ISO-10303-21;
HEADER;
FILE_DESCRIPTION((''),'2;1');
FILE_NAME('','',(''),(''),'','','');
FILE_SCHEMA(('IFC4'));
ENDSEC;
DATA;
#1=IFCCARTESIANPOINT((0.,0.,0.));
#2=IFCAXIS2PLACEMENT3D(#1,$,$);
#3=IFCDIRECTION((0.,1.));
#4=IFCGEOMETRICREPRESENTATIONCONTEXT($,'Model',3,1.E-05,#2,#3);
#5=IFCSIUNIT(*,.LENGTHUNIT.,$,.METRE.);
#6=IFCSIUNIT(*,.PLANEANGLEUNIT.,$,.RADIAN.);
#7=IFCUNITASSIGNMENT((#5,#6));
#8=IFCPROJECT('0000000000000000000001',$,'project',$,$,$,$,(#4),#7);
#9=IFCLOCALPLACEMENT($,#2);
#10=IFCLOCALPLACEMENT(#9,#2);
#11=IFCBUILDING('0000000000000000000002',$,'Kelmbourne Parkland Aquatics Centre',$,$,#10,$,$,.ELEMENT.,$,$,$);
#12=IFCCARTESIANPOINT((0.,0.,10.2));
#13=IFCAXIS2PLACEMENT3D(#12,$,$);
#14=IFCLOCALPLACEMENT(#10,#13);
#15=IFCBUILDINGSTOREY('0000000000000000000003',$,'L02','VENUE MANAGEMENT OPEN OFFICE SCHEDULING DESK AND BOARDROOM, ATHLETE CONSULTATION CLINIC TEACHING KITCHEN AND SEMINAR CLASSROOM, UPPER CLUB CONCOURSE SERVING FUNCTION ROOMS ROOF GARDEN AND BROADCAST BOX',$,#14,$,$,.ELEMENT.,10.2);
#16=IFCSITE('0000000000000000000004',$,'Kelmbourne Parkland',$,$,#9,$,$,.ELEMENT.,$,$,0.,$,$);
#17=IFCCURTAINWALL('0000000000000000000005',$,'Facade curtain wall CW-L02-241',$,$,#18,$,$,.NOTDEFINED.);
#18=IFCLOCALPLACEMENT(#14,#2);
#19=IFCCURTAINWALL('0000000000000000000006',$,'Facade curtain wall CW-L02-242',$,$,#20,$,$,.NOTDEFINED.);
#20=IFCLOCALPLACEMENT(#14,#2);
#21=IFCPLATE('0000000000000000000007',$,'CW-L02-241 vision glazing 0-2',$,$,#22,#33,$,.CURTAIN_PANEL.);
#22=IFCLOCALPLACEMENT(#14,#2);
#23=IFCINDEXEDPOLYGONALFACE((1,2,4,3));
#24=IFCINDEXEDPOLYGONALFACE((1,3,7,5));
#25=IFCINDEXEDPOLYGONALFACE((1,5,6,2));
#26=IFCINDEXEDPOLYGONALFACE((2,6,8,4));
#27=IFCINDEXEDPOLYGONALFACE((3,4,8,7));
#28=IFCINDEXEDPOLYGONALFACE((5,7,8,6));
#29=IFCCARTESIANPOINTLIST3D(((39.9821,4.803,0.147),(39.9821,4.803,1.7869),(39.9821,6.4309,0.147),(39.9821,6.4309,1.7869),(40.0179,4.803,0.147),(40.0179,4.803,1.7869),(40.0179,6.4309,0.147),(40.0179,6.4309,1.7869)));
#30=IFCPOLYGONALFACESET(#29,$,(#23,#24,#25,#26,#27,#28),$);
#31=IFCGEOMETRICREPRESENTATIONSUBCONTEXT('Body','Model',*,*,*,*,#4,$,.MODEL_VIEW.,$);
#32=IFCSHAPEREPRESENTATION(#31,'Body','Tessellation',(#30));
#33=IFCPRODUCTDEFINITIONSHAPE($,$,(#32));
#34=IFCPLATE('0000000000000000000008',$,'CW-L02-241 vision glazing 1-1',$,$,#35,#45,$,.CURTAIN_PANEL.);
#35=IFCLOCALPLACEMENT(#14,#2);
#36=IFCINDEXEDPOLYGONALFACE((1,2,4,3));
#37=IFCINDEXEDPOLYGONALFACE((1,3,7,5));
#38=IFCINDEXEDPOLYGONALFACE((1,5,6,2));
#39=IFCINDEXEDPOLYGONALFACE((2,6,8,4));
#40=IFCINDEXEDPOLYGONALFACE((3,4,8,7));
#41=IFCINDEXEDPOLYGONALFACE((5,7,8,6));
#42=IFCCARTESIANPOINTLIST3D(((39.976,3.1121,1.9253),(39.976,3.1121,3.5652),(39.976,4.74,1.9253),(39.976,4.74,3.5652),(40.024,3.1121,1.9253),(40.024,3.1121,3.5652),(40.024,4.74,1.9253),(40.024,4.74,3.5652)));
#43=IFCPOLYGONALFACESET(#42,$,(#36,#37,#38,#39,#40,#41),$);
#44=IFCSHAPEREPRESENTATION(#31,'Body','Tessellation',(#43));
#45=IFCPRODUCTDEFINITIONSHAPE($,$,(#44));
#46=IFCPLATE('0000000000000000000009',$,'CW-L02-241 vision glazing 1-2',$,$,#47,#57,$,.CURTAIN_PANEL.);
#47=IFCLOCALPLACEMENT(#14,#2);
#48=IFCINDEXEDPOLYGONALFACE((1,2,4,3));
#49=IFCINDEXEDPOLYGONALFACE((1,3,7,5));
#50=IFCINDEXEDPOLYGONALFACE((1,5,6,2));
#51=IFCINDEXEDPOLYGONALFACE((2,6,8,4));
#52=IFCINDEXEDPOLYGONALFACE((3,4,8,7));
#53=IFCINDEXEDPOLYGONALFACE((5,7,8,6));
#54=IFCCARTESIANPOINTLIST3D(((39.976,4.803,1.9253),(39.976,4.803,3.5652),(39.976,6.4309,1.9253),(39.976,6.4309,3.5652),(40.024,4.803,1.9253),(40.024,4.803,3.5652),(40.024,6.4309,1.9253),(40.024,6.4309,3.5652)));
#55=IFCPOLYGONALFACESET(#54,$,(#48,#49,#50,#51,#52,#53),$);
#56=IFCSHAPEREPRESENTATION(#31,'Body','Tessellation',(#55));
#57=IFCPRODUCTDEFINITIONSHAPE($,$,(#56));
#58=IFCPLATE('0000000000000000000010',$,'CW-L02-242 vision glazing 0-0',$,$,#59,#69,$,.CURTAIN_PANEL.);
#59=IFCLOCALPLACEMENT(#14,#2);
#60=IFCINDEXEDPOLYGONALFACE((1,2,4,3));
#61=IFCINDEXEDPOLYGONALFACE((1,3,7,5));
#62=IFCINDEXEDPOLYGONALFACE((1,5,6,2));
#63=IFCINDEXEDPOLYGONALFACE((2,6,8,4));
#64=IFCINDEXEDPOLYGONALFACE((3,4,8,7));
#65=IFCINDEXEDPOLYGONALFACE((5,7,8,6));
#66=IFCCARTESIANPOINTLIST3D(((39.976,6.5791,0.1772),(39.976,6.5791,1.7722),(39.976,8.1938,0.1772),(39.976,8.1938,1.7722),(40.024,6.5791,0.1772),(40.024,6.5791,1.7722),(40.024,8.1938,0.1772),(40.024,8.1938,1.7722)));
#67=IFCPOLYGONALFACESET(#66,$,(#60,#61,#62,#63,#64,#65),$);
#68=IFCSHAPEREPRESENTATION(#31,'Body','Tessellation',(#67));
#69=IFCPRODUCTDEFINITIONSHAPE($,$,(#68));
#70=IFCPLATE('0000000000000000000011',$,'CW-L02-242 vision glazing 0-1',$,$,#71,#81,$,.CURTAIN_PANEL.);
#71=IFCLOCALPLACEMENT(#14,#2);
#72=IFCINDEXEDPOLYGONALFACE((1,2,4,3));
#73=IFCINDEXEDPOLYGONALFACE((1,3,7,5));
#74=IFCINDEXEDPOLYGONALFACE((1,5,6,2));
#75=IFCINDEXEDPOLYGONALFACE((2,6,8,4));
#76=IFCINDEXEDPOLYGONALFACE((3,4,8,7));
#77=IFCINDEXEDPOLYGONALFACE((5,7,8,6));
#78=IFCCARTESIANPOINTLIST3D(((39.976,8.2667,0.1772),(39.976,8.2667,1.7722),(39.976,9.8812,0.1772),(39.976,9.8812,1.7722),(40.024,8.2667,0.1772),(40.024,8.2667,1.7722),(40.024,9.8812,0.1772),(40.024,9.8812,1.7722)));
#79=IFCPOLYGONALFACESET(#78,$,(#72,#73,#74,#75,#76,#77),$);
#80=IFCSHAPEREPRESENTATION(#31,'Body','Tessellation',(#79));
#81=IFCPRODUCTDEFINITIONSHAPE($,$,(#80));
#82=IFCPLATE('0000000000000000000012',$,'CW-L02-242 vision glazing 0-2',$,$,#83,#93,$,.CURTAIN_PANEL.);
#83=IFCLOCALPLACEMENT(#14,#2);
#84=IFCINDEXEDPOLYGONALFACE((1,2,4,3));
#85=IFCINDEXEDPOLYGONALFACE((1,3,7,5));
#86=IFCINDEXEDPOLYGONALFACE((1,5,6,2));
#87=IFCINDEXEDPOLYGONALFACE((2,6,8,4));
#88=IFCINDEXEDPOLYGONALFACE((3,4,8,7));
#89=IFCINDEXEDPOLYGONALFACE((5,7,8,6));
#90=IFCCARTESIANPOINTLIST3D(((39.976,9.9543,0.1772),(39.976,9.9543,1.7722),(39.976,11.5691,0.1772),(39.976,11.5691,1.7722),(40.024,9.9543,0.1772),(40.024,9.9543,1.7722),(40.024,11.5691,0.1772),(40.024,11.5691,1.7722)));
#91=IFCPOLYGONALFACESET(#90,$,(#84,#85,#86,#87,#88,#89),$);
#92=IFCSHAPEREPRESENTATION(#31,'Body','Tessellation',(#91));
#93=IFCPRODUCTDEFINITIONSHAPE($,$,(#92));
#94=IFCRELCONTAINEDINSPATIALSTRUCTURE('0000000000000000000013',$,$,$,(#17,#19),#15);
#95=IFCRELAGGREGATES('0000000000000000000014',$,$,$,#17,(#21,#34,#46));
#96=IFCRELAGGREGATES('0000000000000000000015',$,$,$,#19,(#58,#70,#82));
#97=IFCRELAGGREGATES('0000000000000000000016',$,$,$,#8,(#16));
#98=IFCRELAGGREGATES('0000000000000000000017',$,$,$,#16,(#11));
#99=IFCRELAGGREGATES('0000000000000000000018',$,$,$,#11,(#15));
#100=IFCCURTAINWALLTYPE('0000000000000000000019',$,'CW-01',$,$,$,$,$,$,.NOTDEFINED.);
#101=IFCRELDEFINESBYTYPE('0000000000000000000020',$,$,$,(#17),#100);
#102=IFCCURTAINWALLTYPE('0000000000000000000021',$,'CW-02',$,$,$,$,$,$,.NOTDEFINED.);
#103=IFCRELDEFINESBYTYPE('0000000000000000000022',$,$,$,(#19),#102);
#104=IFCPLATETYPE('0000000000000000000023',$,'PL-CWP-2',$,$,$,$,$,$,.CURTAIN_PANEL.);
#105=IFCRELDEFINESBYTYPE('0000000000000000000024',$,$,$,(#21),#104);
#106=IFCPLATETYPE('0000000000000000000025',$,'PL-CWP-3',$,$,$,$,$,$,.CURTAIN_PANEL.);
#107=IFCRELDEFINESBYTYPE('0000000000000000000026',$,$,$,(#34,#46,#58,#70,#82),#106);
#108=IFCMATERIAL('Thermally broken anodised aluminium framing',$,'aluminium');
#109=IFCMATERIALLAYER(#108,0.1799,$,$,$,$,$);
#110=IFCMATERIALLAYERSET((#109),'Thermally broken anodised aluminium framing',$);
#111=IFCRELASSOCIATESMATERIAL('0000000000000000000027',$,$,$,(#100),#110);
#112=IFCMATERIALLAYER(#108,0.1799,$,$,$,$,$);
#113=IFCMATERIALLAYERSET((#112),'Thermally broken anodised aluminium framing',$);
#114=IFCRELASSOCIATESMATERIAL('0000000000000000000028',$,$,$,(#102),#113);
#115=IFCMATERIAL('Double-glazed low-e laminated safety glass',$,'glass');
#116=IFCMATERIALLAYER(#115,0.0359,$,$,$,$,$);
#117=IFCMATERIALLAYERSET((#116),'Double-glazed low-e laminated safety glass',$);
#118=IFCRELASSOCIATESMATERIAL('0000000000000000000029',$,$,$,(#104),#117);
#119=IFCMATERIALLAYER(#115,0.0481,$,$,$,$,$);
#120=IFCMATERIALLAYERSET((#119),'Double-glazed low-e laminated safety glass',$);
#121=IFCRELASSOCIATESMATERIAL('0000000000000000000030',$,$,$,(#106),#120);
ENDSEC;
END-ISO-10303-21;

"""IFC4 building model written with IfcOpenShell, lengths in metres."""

from ifc_helpers import new_model, si_unit, direction, frame, origin, origin_2d, place, context, subcontext, project, spatial, rectangle, extrude, material, layer, layer_set, type_object, element, aggregate, save


model = new_model("IFC4")

# Units and contexts
model_context = context("Model", 3, precision=1e-05, world=origin(), true_north=direction((0.0, 1.0)))
body_context = subcontext(model_context, "Body", "Model", "MODEL_VIEW")
ifc_project = project(units=[si_unit("LENGTHUNIT", "METRE"), si_unit("PLANEANGLEUNIT", "RADIAN")], contexts=[model_context])

# Site, building, storey
site_placement = place(None, origin())
site = spatial("IfcSite", under=ifc_project, at=site_placement, Name="Kelmbourne Parkland", CompositionType="ELEMENT", RefElevation=0.0)
building_placement = place(site_placement, origin())
building = spatial("IfcBuilding", under=site, at=building_placement, Name="Kelmbourne Parkland Aquatics Centre", CompositionType="ELEMENT")
storey_placement = place(building_placement, frame((0.0, 0.0, 10.2)))
storey = spatial("IfcBuildingStorey", under=building, at=storey_placement, Name="L02", Description="VENUE MANAGEMENT OPEN OFFICE SCHEDULING DESK AND BOARDROOM, ATHLETE CONSULTATION CLINIC TEACHING KITCHEN AND SEMINAR CLASSROOM, UPPER CLUB CONCOURSE SERVING FUNCTION ROOMS ROOF GARDEN AND BROADCAST BOX", CompositionType="ELEMENT", Elevation=10.2)

# Curtain walls
ifc_material_1 = material(Name="Thermally broken anodised aluminium framing", Category="aluminium")
ifc_layer_1 = layer(ifc_material_1, 0.1799)
ifc_layer_set_1 = layer_set([ifc_layer_1], Name="Thermally broken anodised aluminium framing")
curtain_wall_type_1 = type_object("IfcCurtainWallType", Name="CW-01", PredefinedType="NOTDEFINED", material=ifc_layer_set_1)
curtain_wall_1_placement = place(storey_placement, origin())
curtain_wall_1 = element("IfcCurtainWall", 1, at=curtain_wall_1_placement, inside=storey, type_object=curtain_wall_type_1, Name="Facade curtain wall CW-L02-241", PredefinedType="NOTDEFINED")
ifc_layer_2 = layer(ifc_material_1, 0.1799)
ifc_layer_set_2 = layer_set([ifc_layer_2], Name="Thermally broken anodised aluminium framing")
curtain_wall_type_2 = type_object("IfcCurtainWallType", Name="CW-02", PredefinedType="NOTDEFINED", material=ifc_layer_set_2)
curtain_wall_2_placement = place(storey_placement, origin())
curtain_wall_2 = element("IfcCurtainWall", 2, at=curtain_wall_2_placement, inside=storey, type_object=curtain_wall_type_2, Name="Facade curtain wall CW-L02-242", PredefinedType="NOTDEFINED")

# Plates
ifc_material_2 = material(Name="Double-glazed low-e laminated safety glass", Category="glass")
ifc_layer_3 = layer(ifc_material_2, 0.0359)
ifc_layer_set_3 = layer_set([ifc_layer_3], Name="Double-glazed low-e laminated safety glass")
plate_type_1 = type_object("IfcPlateType", Name="PL-CWP-2", PredefinedType="CURTAIN_PANEL", material=ifc_layer_set_3)
plate_1_placement = place(storey_placement, frame((40.0, 5.6169, 0.147), z_axis=(0.0, 0.0, 1.0), x_axis=(0.0, 1.0, 0.0)))
plate_1 = element("IfcPlate", 3, at=plate_1_placement, type_object=plate_type_1, Name="CW-L02-241 vision glazing 0-2", PredefinedType="CURTAIN_PANEL", context=body_context, shape_type="SweptSolid", body=[
    extrude(rectangle(XDim=1.6279, YDim=0.0359, at=origin_2d()), origin(), (0.0, 0.0, 1.0), 1.6399),
])
ifc_layer_4 = layer(ifc_material_2, 0.0481)
ifc_layer_set_4 = layer_set([ifc_layer_4], Name="Double-glazed low-e laminated safety glass")
plate_type_2 = type_object("IfcPlateType", Name="PL-CWP-3", PredefinedType="CURTAIN_PANEL", material=ifc_layer_set_4)
plate_2_placement = place(storey_placement, frame((40.0, 3.926, 1.9253), z_axis=(0.0, 0.0, 1.0), x_axis=(0.0, 1.0, 0.0)))
plate_2 = element("IfcPlate", 4, at=plate_2_placement, type_object=plate_type_2, Name="CW-L02-241 vision glazing 1-1", PredefinedType="CURTAIN_PANEL", context=body_context, shape_type="SweptSolid", body=[
    extrude(rectangle(XDim=1.6279, YDim=0.0481, at=origin_2d()), origin(), (0.0, 0.0, 1.0), 1.6399),
])
plate_3_placement = place(storey_placement, frame((40.0, 5.6169, 1.9253), z_axis=(0.0, 0.0, 1.0), x_axis=(0.0, 1.0, 0.0)))
plate_3 = element("IfcPlate", 5, at=plate_3_placement, type_object=plate_type_2, Name="CW-L02-241 vision glazing 1-2", PredefinedType="CURTAIN_PANEL", context=body_context, shape_type="SweptSolid", body=[
    extrude(rectangle(XDim=1.6279, YDim=0.0481, at=origin_2d()), origin(), (0.0, 0.0, 1.0), 1.6399),
])
aggregate(curtain_wall_1, [plate_1, plate_2, plate_3])
plate_4_placement = place(storey_placement, frame((40.0, 7.3865, 0.1772), z_axis=(0.0, 0.0, 1.0), x_axis=(0.0, 1.0, 0.0)))
plate_4 = element("IfcPlate", 6, at=plate_4_placement, type_object=plate_type_2, Name="CW-L02-242 vision glazing 0-0", PredefinedType="CURTAIN_PANEL", context=body_context, shape_type="SweptSolid", body=[
    extrude(rectangle(XDim=1.6147, YDim=0.0481, at=origin_2d()), origin(), (0.0, 0.0, 1.0), 1.595),
])
plate_5_placement = place(storey_placement, frame((40.0, 9.074, 0.1772), z_axis=(0.0, 0.0, 1.0), x_axis=(0.0, 1.0, 0.0)))
plate_5 = element("IfcPlate", 7, at=plate_5_placement, type_object=plate_type_2, Name="CW-L02-242 vision glazing 0-1", PredefinedType="CURTAIN_PANEL", context=body_context, shape_type="SweptSolid", body=[
    extrude(rectangle(XDim=1.6145, YDim=0.0481, at=origin_2d()), origin(), (0.0, 0.0, 1.0), 1.595),
])
plate_6_placement = place(storey_placement, frame((40.0, 10.7617, 0.1772), z_axis=(0.0, 0.0, 1.0), x_axis=(0.0, 1.0, 0.0)))
plate_6 = element("IfcPlate", 8, at=plate_6_placement, type_object=plate_type_2, Name="CW-L02-242 vision glazing 0-2", PredefinedType="CURTAIN_PANEL", context=body_context, shape_type="SweptSolid", body=[
    extrude(rectangle(XDim=1.6147, YDim=0.0481, at=origin_2d()), origin(), (0.0, 0.0, 1.0), 1.595),
])
aggregate(curtain_wall_2, [plate_4, plate_5, plate_6])

save(model, "model.ifc")
